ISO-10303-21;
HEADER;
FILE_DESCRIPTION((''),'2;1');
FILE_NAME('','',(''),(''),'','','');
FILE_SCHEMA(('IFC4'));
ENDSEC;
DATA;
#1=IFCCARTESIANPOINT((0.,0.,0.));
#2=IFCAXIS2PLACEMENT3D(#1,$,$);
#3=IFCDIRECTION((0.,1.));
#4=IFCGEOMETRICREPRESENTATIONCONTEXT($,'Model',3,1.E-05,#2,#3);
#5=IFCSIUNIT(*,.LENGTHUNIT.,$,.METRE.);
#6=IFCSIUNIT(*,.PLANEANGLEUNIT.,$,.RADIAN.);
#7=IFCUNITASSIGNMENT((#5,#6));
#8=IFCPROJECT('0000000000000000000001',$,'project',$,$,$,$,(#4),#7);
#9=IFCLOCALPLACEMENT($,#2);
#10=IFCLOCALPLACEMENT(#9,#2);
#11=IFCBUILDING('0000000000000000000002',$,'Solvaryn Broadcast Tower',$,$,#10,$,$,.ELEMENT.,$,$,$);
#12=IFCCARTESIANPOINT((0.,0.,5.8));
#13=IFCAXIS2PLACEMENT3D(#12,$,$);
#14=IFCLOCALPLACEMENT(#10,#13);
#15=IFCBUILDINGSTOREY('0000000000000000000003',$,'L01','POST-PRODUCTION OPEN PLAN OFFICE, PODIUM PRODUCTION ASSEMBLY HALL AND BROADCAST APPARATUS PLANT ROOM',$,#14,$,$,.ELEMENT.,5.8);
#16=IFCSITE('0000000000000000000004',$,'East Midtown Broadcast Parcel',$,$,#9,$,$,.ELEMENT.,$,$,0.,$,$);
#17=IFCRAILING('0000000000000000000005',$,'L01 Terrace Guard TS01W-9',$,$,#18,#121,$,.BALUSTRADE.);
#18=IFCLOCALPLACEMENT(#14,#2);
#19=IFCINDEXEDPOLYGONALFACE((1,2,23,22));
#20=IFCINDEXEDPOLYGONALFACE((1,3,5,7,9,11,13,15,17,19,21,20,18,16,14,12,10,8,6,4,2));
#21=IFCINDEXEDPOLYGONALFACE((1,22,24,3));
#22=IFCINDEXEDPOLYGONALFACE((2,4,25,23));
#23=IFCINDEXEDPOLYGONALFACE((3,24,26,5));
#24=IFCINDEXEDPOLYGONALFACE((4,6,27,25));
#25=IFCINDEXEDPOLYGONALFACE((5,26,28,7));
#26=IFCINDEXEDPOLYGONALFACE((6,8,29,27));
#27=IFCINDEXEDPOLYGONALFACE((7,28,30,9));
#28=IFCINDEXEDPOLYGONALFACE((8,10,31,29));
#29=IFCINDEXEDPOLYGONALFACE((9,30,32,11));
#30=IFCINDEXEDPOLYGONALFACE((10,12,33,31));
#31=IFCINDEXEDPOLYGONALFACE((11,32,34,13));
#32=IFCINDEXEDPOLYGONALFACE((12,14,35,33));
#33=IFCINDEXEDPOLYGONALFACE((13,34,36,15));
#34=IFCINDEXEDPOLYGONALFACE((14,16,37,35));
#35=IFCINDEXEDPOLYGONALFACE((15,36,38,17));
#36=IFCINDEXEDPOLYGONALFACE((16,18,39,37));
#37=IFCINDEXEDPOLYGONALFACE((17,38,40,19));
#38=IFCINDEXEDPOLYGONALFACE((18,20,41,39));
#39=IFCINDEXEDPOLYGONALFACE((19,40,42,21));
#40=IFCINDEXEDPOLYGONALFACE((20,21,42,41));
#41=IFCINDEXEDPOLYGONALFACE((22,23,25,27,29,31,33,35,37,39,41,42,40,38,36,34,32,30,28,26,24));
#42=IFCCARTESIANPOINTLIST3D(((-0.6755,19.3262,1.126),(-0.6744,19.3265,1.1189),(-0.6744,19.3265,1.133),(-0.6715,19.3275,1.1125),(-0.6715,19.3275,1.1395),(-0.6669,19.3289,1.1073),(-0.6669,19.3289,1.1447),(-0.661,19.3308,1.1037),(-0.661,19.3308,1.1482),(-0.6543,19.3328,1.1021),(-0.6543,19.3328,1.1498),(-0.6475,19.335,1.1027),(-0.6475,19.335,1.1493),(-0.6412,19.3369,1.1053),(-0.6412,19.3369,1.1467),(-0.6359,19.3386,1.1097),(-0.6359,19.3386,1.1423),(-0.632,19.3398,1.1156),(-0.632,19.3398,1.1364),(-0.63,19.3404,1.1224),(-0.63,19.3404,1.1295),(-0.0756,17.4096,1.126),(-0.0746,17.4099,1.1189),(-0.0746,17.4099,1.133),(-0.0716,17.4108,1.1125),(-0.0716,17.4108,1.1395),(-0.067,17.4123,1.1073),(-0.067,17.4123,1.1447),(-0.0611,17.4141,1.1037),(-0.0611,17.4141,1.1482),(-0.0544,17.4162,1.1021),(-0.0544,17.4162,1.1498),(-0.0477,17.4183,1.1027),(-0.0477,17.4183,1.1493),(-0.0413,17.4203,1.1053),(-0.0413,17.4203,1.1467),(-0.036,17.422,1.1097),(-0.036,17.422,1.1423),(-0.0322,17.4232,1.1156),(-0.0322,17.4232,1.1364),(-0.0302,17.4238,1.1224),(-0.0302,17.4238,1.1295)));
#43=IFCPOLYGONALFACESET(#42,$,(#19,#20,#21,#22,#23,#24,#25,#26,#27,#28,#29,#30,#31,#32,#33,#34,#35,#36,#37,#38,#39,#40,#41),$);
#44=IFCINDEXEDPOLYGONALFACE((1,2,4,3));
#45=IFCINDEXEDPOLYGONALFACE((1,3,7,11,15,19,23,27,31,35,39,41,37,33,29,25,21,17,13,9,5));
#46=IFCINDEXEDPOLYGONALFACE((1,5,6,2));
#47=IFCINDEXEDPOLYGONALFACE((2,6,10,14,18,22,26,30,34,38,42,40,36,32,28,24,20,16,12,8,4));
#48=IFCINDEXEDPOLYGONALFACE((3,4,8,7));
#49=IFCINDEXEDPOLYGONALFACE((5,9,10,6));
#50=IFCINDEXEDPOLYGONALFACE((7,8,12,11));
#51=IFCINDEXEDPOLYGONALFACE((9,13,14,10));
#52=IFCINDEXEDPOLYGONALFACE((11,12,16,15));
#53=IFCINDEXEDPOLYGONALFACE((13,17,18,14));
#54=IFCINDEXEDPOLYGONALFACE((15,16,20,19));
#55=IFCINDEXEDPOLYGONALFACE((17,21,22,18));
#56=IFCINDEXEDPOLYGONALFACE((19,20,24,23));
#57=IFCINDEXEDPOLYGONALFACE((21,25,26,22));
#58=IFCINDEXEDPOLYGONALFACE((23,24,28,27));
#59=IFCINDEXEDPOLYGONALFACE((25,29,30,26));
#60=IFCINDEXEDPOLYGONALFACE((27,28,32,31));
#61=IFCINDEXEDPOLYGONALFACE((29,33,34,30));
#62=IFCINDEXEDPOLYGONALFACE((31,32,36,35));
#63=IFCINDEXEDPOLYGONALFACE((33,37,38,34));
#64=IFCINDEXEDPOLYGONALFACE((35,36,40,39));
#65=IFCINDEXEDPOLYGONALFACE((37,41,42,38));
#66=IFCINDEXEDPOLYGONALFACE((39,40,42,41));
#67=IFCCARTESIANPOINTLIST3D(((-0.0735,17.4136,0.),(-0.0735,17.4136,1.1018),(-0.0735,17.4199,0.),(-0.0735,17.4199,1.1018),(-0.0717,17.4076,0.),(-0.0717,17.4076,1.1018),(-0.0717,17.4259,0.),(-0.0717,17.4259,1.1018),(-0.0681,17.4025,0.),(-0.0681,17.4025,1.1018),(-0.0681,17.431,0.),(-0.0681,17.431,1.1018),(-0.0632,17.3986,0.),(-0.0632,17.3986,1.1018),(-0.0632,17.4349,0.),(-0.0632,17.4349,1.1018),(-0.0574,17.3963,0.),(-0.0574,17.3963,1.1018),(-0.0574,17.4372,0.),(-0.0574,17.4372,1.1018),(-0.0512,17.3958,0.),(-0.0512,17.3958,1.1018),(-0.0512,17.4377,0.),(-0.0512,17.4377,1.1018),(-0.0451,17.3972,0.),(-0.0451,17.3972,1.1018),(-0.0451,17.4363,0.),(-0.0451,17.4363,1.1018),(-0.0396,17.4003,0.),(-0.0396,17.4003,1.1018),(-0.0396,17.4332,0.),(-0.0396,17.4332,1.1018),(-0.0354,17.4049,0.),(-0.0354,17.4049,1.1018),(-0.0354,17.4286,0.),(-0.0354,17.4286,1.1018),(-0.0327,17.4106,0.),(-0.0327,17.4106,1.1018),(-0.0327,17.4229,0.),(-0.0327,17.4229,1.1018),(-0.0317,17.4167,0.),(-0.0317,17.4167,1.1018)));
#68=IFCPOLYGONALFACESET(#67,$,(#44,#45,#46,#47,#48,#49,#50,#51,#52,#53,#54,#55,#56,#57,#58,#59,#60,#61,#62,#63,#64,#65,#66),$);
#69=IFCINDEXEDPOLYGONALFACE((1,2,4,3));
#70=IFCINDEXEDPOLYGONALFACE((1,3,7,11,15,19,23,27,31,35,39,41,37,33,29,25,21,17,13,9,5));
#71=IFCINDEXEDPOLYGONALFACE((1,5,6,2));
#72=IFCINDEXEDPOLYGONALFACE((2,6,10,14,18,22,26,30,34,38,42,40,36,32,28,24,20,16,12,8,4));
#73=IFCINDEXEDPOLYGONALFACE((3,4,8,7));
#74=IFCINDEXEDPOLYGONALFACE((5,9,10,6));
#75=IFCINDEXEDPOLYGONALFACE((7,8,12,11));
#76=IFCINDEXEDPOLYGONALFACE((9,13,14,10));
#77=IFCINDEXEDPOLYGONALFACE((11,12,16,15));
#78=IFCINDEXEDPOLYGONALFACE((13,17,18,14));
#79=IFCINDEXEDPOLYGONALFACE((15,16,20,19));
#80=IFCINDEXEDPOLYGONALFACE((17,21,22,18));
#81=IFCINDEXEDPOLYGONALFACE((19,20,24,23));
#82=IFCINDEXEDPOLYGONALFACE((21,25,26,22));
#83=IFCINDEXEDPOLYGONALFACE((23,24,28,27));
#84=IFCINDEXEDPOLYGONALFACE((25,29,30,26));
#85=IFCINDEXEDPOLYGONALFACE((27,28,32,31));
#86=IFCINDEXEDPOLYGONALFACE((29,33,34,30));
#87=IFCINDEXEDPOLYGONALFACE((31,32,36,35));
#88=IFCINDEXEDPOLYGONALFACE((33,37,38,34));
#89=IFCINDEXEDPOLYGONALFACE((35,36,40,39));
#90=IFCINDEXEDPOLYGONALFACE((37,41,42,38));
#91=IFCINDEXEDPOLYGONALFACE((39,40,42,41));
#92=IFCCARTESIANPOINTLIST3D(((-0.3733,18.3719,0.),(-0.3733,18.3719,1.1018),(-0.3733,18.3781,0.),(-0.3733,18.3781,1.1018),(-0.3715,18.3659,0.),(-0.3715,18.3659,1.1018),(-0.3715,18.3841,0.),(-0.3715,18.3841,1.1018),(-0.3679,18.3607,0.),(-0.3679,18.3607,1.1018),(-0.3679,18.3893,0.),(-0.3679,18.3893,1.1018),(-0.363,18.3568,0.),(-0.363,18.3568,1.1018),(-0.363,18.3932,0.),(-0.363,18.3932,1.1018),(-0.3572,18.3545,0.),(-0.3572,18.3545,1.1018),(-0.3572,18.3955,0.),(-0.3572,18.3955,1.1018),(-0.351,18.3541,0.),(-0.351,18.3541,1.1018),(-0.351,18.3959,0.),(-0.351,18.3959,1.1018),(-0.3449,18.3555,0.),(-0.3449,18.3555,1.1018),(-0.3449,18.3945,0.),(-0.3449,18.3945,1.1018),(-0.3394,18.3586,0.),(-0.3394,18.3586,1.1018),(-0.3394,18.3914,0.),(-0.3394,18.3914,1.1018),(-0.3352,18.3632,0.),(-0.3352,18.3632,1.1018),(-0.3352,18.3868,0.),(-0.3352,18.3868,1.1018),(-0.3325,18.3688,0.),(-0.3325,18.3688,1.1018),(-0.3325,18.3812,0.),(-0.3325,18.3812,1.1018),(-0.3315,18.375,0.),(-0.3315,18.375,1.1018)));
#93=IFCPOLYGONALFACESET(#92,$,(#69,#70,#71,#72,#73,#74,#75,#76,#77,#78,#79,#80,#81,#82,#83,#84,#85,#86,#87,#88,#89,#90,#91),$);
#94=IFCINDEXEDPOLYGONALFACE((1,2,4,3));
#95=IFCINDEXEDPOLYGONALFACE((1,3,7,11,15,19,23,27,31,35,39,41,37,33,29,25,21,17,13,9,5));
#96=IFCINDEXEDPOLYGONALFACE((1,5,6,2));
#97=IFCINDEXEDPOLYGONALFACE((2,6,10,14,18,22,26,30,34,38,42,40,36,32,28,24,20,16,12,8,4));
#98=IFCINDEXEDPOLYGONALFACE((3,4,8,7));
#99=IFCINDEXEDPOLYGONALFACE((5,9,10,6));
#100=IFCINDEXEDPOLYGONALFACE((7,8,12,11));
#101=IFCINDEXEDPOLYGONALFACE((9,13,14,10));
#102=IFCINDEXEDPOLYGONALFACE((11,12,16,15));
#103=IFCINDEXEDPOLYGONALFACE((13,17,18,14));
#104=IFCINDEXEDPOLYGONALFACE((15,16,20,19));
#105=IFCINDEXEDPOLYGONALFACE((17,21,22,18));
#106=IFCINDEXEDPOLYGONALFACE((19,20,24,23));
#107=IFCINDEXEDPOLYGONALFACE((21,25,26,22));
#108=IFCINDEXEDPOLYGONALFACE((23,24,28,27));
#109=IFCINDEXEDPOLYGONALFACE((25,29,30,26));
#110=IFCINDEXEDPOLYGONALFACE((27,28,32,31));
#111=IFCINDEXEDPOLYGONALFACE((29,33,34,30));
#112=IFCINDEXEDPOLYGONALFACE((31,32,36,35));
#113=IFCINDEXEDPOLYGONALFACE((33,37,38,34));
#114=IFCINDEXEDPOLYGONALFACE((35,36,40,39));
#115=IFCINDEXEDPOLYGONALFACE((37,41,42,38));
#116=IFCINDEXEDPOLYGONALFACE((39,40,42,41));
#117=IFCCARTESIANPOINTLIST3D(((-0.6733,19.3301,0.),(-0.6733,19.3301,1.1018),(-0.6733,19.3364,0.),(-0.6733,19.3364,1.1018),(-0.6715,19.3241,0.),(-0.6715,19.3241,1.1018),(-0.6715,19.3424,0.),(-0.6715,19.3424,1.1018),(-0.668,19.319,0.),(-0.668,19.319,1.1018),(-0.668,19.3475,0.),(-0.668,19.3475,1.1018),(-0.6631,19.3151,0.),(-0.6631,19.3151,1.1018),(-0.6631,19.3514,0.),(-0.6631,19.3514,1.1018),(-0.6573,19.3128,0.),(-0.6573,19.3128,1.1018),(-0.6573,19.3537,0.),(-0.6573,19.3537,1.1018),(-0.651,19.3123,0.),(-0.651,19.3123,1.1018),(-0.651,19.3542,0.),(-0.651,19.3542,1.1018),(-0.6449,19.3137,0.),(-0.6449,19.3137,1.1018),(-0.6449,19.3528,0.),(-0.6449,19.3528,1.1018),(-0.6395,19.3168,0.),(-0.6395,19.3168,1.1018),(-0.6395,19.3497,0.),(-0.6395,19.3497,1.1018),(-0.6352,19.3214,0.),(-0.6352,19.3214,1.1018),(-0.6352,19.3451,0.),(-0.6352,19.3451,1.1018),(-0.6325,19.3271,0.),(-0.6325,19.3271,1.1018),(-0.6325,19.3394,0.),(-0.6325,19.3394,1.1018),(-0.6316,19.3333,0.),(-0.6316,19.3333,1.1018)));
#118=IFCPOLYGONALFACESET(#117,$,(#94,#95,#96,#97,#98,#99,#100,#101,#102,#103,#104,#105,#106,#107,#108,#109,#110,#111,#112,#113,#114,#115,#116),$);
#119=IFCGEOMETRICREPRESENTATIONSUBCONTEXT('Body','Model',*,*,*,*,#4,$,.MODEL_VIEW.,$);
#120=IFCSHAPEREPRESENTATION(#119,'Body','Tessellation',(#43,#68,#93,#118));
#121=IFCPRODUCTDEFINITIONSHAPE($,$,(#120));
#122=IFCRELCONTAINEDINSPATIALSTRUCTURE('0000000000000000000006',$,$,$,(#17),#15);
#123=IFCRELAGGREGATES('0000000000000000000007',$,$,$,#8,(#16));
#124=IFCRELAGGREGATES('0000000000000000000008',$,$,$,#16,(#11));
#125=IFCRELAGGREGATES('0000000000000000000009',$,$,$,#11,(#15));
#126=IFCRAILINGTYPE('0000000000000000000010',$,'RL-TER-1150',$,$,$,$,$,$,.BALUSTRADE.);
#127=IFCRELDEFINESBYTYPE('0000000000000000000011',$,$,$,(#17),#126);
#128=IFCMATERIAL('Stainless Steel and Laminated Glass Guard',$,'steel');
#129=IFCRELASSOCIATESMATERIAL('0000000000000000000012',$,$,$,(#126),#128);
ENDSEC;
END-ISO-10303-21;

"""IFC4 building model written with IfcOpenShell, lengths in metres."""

from ifc_helpers import new_model, si_unit, direction, frame, origin, origin_2d, place, context, subcontext, project, spatial, circle, extrude, material, type_object, element, save


model = new_model("IFC4")

# Units and contexts
model_context = context("Model", 3, precision=1e-05, world=origin(), true_north=direction((0.0, 1.0)))
body_context = subcontext(model_context, "Body", "Model", "MODEL_VIEW")
ifc_project = project(units=[si_unit("LENGTHUNIT", "METRE"), si_unit("PLANEANGLEUNIT", "RADIAN")], contexts=[model_context])

# Site, building, storey
site_placement = place(None, origin())
site = spatial("IfcSite", under=ifc_project, at=site_placement, Name="East Midtown Broadcast Parcel", CompositionType="ELEMENT", RefElevation=0.0)
building_placement = place(site_placement, origin())
building = spatial("IfcBuilding", under=site, at=building_placement, Name="Solvaryn Broadcast Tower", CompositionType="ELEMENT")
storey_placement = place(building_placement, frame((0.0, 0.0, 5.8)))
storey = spatial("IfcBuildingStorey", under=building, at=storey_placement, Name="L01", Description="POST-PRODUCTION OPEN PLAN OFFICE, PODIUM PRODUCTION ASSEMBLY HALL AND BROADCAST APPARATUS PLANT ROOM", CompositionType="ELEMENT", Elevation=5.8)

# Railing
ifc_material_1 = material(Name="Stainless Steel and Laminated Glass Guard", Category="steel")
railing_type = type_object("IfcRailingType", Name="RL-TER-1150", PredefinedType="BALUSTRADE", material=ifc_material_1)
railing_1_placement = place(storey_placement, frame((-0.0527, 17.4167, 0.0)))
element("IfcRailing", 1, at=railing_1_placement, inside=storey, type_object=railing_type, Name="L01 Terrace Guard TS01W-9", PredefinedType="BALUSTRADE", context=body_context, shape_type="SweptSolid", body=[
    extrude(circle(Radius=0.0239, at=origin_2d()), frame((0.0, 0.0, 1.126), z_axis=(-0.298704, 0.954346, 0.0), x_axis=(-0.954346, -0.298704, 0.0)), (0.0, 0.0, 1.0), 2.0083),
    extrude(circle(Radius=0.021, at=origin_2d()), origin(), (0.0, 0.0, 1.0), 1.1018),
    extrude(circle(Radius=0.021, at=origin_2d()), frame((-0.2998, 0.9583, 0.0)), (0.0, 0.0, 1.0), 1.1018),
    extrude(circle(Radius=0.021, at=origin_2d()), frame((-0.5999, 1.9165, 0.0)), (0.0, 0.0, 1.0), 1.1018),
])

save(model, "model.ifc")
